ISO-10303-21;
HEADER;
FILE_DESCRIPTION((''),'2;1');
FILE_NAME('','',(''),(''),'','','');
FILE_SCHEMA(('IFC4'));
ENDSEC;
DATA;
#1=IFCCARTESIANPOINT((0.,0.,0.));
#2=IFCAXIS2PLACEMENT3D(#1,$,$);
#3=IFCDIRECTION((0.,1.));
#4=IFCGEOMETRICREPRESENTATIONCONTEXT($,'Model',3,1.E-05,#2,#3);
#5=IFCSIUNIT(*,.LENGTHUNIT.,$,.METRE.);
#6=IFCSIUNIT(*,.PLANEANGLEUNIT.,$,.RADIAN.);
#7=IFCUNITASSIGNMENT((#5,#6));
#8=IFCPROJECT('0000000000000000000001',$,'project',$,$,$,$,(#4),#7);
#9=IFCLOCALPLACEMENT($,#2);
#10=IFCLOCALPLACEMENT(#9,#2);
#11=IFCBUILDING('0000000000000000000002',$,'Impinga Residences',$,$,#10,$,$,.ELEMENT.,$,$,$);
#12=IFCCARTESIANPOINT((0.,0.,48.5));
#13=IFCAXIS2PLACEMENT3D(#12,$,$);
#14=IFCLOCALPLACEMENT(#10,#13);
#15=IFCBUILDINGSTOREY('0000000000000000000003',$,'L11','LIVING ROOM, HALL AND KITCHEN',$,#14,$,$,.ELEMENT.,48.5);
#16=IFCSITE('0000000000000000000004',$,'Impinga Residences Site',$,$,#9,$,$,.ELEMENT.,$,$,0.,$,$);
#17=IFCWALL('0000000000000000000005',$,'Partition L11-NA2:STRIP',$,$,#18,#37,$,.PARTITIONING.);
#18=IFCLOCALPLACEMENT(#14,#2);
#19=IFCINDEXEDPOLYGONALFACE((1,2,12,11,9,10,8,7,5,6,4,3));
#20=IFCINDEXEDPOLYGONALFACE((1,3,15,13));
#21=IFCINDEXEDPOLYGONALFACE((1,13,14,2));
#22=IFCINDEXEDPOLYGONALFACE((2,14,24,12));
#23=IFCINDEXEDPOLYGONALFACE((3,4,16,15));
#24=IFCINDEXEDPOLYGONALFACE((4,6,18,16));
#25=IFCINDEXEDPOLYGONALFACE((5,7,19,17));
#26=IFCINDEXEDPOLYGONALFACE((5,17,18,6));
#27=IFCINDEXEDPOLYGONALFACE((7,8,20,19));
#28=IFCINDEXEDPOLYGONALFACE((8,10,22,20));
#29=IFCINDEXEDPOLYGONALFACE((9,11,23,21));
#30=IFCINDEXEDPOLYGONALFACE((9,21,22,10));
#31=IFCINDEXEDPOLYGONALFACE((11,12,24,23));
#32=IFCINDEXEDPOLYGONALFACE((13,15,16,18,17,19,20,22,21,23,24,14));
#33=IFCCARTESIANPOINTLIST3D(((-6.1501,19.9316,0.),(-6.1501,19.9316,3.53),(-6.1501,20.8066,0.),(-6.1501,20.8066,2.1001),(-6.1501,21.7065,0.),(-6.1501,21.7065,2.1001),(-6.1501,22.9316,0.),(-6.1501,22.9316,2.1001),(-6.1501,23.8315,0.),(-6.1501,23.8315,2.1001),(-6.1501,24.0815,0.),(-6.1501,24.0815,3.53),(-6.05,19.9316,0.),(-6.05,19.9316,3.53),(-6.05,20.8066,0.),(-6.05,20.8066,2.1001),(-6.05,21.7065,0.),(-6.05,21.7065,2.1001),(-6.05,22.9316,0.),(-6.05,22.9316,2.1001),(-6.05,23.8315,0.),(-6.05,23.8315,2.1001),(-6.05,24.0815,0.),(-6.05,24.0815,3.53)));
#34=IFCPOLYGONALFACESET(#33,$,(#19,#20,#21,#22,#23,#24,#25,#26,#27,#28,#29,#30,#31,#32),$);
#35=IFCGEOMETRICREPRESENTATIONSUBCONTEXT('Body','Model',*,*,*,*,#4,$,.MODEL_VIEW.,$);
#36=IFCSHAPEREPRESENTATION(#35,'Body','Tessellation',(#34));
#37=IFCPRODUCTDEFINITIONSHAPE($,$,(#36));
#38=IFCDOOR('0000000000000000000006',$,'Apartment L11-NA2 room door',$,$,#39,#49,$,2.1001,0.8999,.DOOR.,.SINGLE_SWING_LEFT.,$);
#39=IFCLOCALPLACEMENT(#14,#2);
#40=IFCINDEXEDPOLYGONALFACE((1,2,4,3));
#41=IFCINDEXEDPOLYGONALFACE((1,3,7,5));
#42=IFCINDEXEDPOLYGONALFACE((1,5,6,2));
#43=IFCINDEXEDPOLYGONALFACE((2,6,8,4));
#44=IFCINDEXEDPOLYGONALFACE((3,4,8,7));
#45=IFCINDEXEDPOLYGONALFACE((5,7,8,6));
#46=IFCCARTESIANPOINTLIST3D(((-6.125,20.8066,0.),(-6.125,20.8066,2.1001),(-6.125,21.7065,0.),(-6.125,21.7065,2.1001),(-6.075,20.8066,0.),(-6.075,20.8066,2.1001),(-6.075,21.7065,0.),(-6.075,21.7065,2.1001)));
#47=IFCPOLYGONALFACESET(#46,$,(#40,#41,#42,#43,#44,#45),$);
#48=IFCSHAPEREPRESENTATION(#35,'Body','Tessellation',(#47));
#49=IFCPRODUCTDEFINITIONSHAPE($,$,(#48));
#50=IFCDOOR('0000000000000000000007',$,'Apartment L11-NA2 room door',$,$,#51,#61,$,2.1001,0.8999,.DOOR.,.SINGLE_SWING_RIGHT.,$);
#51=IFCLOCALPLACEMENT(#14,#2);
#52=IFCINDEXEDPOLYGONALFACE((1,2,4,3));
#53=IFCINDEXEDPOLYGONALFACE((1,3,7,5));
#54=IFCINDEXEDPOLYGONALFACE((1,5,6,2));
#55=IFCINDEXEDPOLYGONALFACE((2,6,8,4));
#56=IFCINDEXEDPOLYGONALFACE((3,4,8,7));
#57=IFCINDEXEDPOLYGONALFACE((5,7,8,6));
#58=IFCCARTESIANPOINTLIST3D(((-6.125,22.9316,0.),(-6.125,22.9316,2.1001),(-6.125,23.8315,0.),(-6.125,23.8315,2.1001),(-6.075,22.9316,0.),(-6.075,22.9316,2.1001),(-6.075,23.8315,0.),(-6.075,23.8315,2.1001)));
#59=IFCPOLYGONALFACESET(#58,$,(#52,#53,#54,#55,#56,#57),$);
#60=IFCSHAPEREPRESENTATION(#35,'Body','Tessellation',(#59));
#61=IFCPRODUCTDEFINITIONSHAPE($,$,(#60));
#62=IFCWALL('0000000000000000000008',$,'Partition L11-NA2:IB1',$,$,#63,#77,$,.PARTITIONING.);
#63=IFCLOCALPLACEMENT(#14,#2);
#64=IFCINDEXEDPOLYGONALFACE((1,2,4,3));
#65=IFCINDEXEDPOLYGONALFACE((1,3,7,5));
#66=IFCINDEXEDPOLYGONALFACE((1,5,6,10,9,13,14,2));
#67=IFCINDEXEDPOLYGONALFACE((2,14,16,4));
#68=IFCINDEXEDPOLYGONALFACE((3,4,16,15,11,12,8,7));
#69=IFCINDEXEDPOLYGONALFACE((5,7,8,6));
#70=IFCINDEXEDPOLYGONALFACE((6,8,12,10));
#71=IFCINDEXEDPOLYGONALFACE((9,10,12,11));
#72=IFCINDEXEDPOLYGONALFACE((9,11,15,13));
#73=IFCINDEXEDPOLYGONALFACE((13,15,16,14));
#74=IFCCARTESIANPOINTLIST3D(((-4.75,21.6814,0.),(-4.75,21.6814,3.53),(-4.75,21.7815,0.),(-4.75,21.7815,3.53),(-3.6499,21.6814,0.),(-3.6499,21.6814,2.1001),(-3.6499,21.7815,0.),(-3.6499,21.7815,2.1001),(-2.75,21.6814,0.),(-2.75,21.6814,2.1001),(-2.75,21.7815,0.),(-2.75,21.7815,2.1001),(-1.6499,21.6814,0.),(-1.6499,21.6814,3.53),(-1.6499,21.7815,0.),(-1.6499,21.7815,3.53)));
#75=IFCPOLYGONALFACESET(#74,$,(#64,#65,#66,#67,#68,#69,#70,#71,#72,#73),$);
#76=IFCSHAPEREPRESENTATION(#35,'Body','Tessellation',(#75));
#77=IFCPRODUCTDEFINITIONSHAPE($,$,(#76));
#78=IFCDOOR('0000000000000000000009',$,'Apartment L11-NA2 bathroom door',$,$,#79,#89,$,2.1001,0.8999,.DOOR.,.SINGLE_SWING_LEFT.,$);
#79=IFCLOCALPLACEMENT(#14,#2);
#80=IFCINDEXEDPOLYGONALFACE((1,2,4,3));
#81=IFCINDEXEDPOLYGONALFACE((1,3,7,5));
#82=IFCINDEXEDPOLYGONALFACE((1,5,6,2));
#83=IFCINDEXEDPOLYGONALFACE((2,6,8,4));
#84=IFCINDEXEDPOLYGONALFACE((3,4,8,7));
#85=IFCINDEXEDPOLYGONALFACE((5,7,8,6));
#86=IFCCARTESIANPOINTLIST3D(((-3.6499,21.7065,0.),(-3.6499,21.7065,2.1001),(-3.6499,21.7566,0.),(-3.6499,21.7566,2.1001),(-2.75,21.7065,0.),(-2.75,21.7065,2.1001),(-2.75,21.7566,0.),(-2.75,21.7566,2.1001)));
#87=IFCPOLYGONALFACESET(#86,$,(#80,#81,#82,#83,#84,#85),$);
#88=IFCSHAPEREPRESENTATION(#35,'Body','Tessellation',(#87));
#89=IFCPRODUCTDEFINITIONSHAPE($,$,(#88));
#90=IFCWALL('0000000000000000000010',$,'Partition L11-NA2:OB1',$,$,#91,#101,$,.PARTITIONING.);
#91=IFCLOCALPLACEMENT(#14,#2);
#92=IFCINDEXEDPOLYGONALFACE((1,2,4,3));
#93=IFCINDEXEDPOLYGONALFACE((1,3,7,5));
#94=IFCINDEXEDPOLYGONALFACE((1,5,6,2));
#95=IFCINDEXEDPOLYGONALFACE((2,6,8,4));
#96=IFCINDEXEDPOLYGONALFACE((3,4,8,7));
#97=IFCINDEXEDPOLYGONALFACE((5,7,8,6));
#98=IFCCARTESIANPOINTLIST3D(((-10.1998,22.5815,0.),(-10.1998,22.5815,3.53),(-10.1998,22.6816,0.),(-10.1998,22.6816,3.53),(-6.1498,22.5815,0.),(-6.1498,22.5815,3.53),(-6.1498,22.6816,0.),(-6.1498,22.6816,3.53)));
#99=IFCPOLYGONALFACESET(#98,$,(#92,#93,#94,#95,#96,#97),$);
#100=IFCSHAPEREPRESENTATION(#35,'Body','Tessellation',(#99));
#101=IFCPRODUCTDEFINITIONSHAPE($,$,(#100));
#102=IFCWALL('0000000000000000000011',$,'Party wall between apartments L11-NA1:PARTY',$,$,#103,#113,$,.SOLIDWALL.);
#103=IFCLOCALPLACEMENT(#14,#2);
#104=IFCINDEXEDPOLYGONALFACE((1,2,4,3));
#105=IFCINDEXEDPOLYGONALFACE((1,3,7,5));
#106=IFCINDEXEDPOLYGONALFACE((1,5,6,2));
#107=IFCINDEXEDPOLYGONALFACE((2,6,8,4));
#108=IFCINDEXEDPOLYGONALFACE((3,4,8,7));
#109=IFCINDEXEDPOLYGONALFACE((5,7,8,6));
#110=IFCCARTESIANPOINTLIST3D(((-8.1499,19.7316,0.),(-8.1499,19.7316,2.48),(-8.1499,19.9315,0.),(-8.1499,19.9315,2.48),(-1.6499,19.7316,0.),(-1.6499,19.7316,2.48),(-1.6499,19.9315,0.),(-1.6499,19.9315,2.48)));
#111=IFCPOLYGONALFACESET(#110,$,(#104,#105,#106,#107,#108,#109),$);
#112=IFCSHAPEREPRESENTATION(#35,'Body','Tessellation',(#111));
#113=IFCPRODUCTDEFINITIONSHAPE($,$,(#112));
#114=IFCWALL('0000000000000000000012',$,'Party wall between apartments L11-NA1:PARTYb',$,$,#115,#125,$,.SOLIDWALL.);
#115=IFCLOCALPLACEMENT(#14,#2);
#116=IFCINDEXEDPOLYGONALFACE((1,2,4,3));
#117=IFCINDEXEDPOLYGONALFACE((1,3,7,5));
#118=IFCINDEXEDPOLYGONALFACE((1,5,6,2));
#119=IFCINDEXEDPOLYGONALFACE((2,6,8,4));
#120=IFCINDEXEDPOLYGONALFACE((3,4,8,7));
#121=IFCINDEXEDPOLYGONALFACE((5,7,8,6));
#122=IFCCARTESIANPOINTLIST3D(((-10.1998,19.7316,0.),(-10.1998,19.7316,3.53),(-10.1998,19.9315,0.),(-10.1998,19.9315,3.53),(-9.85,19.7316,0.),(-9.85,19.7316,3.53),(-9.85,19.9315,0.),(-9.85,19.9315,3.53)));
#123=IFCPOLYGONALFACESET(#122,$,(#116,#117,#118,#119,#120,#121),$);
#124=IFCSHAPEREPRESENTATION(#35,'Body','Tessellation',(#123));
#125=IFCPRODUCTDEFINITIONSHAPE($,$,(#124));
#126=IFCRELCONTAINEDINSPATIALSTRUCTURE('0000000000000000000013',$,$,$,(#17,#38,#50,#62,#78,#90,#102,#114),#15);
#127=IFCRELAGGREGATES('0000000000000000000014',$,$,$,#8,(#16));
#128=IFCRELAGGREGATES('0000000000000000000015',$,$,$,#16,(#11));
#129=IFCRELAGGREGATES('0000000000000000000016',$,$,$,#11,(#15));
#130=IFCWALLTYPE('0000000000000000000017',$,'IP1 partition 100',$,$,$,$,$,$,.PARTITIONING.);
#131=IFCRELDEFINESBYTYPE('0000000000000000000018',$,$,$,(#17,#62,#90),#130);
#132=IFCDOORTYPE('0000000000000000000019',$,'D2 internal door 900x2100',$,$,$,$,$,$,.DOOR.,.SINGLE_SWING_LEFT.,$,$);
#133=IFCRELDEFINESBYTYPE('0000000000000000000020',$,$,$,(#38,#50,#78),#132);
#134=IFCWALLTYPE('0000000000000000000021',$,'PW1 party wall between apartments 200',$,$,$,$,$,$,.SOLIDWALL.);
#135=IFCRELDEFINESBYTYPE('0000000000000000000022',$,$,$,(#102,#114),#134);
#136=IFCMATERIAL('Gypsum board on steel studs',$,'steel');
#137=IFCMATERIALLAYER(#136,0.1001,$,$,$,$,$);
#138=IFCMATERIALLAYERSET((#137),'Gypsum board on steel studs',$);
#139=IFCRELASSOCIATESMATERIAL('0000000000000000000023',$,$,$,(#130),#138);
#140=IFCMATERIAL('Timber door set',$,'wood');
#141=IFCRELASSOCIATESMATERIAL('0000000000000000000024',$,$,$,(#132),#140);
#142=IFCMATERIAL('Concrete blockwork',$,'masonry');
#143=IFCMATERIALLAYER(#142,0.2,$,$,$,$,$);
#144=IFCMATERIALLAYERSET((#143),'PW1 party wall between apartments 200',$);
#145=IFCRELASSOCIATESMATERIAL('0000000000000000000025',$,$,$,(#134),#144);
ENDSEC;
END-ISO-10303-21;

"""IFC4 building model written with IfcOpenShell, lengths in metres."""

from ifc_helpers import new_model, si_unit, direction, frame, frame_2d, origin, place, context, subcontext, project, spatial, rectangle, extrude, material, layer, layer_set, type_object, element, fill, save


model = new_model("IFC4")

# Units and contexts
model_context = context("Model", 3, precision=1e-05, world=origin(), true_north=direction((0.0, 1.0)))
body_context = subcontext(model_context, "Body", "Model", "MODEL_VIEW")
ifc_project = project(units=[si_unit("LENGTHUNIT", "METRE"), si_unit("PLANEANGLEUNIT", "RADIAN")], contexts=[model_context])

# Site, building, storey
site_placement = place(None, origin())
site = spatial("IfcSite", under=ifc_project, at=site_placement, Name="Impinga Residences Site", CompositionType="ELEMENT", RefElevation=0.0)
building_placement = place(site_placement, origin())
building = spatial("IfcBuilding", under=site, at=building_placement, Name="Impinga Residences", CompositionType="ELEMENT")
storey_placement = place(building_placement, frame((0.0, 0.0, 48.5)))
storey = spatial("IfcBuildingStorey", under=building, at=storey_placement, Name="L11", Description="LIVING ROOM, HALL AND KITCHEN", CompositionType="ELEMENT", Elevation=48.5)

# Shared definitions
ifc_material_1 = material(Name="Gypsum board on steel studs", Category="steel")
ifc_layer_1 = layer(ifc_material_1, 0.1001)
ifc_layer_set_1 = layer_set([ifc_layer_1], Name="Gypsum board on steel studs")
wall_type_1 = type_object("IfcWallType", Name="IP1 partition 100", PredefinedType="PARTITIONING", material=ifc_layer_set_1)

# Shared definitions
ifc_material_2 = material(Name="Timber door set", Category="wood")
door_type = type_object("IfcDoorType", Name="D2 internal door 900x2100", OperationType="SINGLE_SWING_LEFT", PredefinedType="DOOR", material=ifc_material_2)

# Wall, openings, doors
wall_1_placement = place(storey_placement, frame((-6.1001, 19.9316, 0.0), z_axis=(0.0, 0.0, 1.0), x_axis=(0.0, 1.0, 0.0)))
wall_1 = element("IfcWall", 1, at=wall_1_placement, inside=storey, type_object=wall_type_1, Name="Partition L11-NA2:STRIP", PredefinedType="PARTITIONING", context=body_context, shape_type="SweptSolid", body=[
    extrude(rectangle(XDim=4.1499, YDim=0.1001, at=frame_2d((2.075, 0.0))), origin(), (0.0, 0.0, 1.0), 3.53),
])
opening_1_placement = place(wall_1_placement, frame((0.875, 0.0, 0.0)))
opening_1 = element("IfcOpeningElement", 2, at=opening_1_placement, cuts=wall_1, PredefinedType="OPENING", context=body_context, shape_type="SweptSolid", body=[
    extrude(rectangle(XDim=0.8999, YDim=2.1001, at=frame_2d((0.45, 1.05))), frame((0.0, 0.0601, 0.0), z_axis=(0.0, -1.0, 0.0), x_axis=(1.0, 0.0, 0.0)), (0.0, 0.0, 1.0), 0.1201),
])
opening_2_placement = place(wall_1_placement, frame((3.0, 0.0, 0.0)))
opening_2 = element("IfcOpeningElement", 3, at=opening_2_placement, cuts=wall_1, PredefinedType="OPENING", context=body_context, shape_type="SweptSolid", body=[
    extrude(rectangle(XDim=0.8999, YDim=2.1001, at=frame_2d((0.45, 1.05))), frame((0.0, 0.0601, 0.0), z_axis=(0.0, -1.0, 0.0), x_axis=(1.0, 0.0, 0.0)), (0.0, 0.0, 1.0), 0.1201),
])
door_1_placement = place(opening_1_placement, origin())
door_1 = element("IfcDoor", 4, at=door_1_placement, inside=storey, type_object=door_type, Name="Apartment L11-NA2 room door", OperationType="SINGLE_SWING_LEFT", OverallHeight=2.1001, OverallWidth=0.8999, PredefinedType="DOOR", context=body_context, shape_type="SweptSolid", body=[
    extrude(rectangle(XDim=0.8999, YDim=2.1001, at=frame_2d((0.45, 1.05))), frame((0.0, 0.0249, 0.0), z_axis=(0.0, -1.0, 0.0), x_axis=(1.0, 0.0, 0.0)), (0.0, 0.0, 1.0), 0.05),
])
fill(opening_1, door_1)
door_2_placement = place(opening_2_placement, origin())
door_2 = element("IfcDoor", 5, at=door_2_placement, inside=storey, type_object=door_type, Name="Apartment L11-NA2 room door", OperationType="SINGLE_SWING_RIGHT", OverallHeight=2.1001, OverallWidth=0.8999, PredefinedType="DOOR", context=body_context, shape_type="SweptSolid", body=[
    extrude(rectangle(XDim=0.8999, YDim=2.1001, at=frame_2d((0.45, 1.05))), frame((0.0, 0.0249, 0.0), z_axis=(0.0, -1.0, 0.0), x_axis=(1.0, 0.0, 0.0)), (0.0, 0.0, 1.0), 0.05),
])
fill(opening_2, door_2)

# Wall, opening, door
wall_2_placement = place(storey_placement, frame((-1.6499, 21.7314, 0.0), z_axis=(0.0, 0.0, 1.0), x_axis=(-1.0, 0.0, 0.0)))
wall_2 = element("IfcWall", 6, at=wall_2_placement, inside=storey, type_object=wall_type_1, Name="Partition L11-NA2:IB1", PredefinedType="PARTITIONING", context=body_context, shape_type="SweptSolid", body=[
    extrude(rectangle(XDim=3.1001, YDim=0.1001, at=frame_2d((1.55, 0.0))), origin(), (0.0, 0.0, 1.0), 3.53),
])
opening_3_placement = place(wall_2_placement, frame((1.1001, 0.0, 0.0)))
opening_3 = element("IfcOpeningElement", 7, at=opening_3_placement, cuts=wall_2, PredefinedType="OPENING", context=body_context, shape_type="SweptSolid", body=[
    extrude(rectangle(XDim=0.8999, YDim=2.1001, at=frame_2d((0.45, 1.05))), frame((0.0, 0.0601, 0.0), z_axis=(0.0, -1.0, 0.0), x_axis=(1.0, 0.0, 0.0)), (0.0, 0.0, 1.0), 0.1201),
])
door_3_placement = place(opening_3_placement, origin())
door_3 = element("IfcDoor", 8, at=door_3_placement, inside=storey, type_object=door_type, Name="Apartment L11-NA2 bathroom door", OperationType="SINGLE_SWING_LEFT", OverallHeight=2.1001, OverallWidth=0.8999, PredefinedType="DOOR", context=body_context, shape_type="SweptSolid", body=[
    extrude(rectangle(XDim=0.8999, YDim=2.1001, at=frame_2d((0.45, 1.05))), frame((0.0, 0.0249, 0.0), z_axis=(0.0, -1.0, 0.0), x_axis=(1.0, 0.0, 0.0)), (0.0, 0.0, 1.0), 0.05),
])
fill(opening_3, door_3)

# Walls
wall_3_placement = place(storey_placement, frame((-6.1499, 22.6316, 0.0), z_axis=(0.0, 0.0, 1.0), x_axis=(-1.0, 0.0, 0.0)))
element("IfcWall", 9, at=wall_3_placement, inside=storey, type_object=wall_type_1, Name="Partition L11-NA2:OB1", PredefinedType="PARTITIONING", context=body_context, shape_type="SweptSolid", body=[
    extrude(rectangle(XDim=4.05, YDim=0.1001, at=frame_2d((2.0249, 0.0))), origin(), (0.0, 0.0, 1.0), 3.53),
])
ifc_material_3 = material(Name="Concrete blockwork", Category="masonry")
ifc_layer_2 = layer(ifc_material_3, 0.2)
ifc_layer_set_2 = layer_set([ifc_layer_2], Name="PW1 party wall between apartments 200")
wall_type_2 = type_object("IfcWallType", Name="PW1 party wall between apartments 200", PredefinedType="SOLIDWALL", material=ifc_layer_set_2)
wall_4_placement = place(storey_placement, frame((-1.6499, 19.8315, 0.0), z_axis=(0.0, 0.0, 1.0), x_axis=(-1.0, 0.0, 0.0)))
element("IfcWall", 10, at=wall_4_placement, inside=storey, type_object=wall_type_2, Name="Party wall between apartments L11-NA1:PARTY", PredefinedType="SOLIDWALL", context=body_context, shape_type="SweptSolid", body=[
    extrude(rectangle(XDim=6.5, YDim=0.2, at=frame_2d((3.25, 0.0))), origin(), (0.0, 0.0, 1.0), 2.48),
])
wall_5_placement = place(storey_placement, frame((-9.8501, 19.8315, 0.0), z_axis=(0.0, 0.0, 1.0), x_axis=(-1.0, 0.0, 0.0)))
element("IfcWall", 11, at=wall_5_placement, inside=storey, type_object=wall_type_2, Name="Party wall between apartments L11-NA1:PARTYb", PredefinedType="SOLIDWALL", context=body_context, shape_type="SweptSolid", body=[
    extrude(rectangle(XDim=0.3499, YDim=0.2, at=frame_2d((0.1748, 0.0))), origin(), (0.0, 0.0, 1.0), 3.53),
])

save(model, "model.ifc")
